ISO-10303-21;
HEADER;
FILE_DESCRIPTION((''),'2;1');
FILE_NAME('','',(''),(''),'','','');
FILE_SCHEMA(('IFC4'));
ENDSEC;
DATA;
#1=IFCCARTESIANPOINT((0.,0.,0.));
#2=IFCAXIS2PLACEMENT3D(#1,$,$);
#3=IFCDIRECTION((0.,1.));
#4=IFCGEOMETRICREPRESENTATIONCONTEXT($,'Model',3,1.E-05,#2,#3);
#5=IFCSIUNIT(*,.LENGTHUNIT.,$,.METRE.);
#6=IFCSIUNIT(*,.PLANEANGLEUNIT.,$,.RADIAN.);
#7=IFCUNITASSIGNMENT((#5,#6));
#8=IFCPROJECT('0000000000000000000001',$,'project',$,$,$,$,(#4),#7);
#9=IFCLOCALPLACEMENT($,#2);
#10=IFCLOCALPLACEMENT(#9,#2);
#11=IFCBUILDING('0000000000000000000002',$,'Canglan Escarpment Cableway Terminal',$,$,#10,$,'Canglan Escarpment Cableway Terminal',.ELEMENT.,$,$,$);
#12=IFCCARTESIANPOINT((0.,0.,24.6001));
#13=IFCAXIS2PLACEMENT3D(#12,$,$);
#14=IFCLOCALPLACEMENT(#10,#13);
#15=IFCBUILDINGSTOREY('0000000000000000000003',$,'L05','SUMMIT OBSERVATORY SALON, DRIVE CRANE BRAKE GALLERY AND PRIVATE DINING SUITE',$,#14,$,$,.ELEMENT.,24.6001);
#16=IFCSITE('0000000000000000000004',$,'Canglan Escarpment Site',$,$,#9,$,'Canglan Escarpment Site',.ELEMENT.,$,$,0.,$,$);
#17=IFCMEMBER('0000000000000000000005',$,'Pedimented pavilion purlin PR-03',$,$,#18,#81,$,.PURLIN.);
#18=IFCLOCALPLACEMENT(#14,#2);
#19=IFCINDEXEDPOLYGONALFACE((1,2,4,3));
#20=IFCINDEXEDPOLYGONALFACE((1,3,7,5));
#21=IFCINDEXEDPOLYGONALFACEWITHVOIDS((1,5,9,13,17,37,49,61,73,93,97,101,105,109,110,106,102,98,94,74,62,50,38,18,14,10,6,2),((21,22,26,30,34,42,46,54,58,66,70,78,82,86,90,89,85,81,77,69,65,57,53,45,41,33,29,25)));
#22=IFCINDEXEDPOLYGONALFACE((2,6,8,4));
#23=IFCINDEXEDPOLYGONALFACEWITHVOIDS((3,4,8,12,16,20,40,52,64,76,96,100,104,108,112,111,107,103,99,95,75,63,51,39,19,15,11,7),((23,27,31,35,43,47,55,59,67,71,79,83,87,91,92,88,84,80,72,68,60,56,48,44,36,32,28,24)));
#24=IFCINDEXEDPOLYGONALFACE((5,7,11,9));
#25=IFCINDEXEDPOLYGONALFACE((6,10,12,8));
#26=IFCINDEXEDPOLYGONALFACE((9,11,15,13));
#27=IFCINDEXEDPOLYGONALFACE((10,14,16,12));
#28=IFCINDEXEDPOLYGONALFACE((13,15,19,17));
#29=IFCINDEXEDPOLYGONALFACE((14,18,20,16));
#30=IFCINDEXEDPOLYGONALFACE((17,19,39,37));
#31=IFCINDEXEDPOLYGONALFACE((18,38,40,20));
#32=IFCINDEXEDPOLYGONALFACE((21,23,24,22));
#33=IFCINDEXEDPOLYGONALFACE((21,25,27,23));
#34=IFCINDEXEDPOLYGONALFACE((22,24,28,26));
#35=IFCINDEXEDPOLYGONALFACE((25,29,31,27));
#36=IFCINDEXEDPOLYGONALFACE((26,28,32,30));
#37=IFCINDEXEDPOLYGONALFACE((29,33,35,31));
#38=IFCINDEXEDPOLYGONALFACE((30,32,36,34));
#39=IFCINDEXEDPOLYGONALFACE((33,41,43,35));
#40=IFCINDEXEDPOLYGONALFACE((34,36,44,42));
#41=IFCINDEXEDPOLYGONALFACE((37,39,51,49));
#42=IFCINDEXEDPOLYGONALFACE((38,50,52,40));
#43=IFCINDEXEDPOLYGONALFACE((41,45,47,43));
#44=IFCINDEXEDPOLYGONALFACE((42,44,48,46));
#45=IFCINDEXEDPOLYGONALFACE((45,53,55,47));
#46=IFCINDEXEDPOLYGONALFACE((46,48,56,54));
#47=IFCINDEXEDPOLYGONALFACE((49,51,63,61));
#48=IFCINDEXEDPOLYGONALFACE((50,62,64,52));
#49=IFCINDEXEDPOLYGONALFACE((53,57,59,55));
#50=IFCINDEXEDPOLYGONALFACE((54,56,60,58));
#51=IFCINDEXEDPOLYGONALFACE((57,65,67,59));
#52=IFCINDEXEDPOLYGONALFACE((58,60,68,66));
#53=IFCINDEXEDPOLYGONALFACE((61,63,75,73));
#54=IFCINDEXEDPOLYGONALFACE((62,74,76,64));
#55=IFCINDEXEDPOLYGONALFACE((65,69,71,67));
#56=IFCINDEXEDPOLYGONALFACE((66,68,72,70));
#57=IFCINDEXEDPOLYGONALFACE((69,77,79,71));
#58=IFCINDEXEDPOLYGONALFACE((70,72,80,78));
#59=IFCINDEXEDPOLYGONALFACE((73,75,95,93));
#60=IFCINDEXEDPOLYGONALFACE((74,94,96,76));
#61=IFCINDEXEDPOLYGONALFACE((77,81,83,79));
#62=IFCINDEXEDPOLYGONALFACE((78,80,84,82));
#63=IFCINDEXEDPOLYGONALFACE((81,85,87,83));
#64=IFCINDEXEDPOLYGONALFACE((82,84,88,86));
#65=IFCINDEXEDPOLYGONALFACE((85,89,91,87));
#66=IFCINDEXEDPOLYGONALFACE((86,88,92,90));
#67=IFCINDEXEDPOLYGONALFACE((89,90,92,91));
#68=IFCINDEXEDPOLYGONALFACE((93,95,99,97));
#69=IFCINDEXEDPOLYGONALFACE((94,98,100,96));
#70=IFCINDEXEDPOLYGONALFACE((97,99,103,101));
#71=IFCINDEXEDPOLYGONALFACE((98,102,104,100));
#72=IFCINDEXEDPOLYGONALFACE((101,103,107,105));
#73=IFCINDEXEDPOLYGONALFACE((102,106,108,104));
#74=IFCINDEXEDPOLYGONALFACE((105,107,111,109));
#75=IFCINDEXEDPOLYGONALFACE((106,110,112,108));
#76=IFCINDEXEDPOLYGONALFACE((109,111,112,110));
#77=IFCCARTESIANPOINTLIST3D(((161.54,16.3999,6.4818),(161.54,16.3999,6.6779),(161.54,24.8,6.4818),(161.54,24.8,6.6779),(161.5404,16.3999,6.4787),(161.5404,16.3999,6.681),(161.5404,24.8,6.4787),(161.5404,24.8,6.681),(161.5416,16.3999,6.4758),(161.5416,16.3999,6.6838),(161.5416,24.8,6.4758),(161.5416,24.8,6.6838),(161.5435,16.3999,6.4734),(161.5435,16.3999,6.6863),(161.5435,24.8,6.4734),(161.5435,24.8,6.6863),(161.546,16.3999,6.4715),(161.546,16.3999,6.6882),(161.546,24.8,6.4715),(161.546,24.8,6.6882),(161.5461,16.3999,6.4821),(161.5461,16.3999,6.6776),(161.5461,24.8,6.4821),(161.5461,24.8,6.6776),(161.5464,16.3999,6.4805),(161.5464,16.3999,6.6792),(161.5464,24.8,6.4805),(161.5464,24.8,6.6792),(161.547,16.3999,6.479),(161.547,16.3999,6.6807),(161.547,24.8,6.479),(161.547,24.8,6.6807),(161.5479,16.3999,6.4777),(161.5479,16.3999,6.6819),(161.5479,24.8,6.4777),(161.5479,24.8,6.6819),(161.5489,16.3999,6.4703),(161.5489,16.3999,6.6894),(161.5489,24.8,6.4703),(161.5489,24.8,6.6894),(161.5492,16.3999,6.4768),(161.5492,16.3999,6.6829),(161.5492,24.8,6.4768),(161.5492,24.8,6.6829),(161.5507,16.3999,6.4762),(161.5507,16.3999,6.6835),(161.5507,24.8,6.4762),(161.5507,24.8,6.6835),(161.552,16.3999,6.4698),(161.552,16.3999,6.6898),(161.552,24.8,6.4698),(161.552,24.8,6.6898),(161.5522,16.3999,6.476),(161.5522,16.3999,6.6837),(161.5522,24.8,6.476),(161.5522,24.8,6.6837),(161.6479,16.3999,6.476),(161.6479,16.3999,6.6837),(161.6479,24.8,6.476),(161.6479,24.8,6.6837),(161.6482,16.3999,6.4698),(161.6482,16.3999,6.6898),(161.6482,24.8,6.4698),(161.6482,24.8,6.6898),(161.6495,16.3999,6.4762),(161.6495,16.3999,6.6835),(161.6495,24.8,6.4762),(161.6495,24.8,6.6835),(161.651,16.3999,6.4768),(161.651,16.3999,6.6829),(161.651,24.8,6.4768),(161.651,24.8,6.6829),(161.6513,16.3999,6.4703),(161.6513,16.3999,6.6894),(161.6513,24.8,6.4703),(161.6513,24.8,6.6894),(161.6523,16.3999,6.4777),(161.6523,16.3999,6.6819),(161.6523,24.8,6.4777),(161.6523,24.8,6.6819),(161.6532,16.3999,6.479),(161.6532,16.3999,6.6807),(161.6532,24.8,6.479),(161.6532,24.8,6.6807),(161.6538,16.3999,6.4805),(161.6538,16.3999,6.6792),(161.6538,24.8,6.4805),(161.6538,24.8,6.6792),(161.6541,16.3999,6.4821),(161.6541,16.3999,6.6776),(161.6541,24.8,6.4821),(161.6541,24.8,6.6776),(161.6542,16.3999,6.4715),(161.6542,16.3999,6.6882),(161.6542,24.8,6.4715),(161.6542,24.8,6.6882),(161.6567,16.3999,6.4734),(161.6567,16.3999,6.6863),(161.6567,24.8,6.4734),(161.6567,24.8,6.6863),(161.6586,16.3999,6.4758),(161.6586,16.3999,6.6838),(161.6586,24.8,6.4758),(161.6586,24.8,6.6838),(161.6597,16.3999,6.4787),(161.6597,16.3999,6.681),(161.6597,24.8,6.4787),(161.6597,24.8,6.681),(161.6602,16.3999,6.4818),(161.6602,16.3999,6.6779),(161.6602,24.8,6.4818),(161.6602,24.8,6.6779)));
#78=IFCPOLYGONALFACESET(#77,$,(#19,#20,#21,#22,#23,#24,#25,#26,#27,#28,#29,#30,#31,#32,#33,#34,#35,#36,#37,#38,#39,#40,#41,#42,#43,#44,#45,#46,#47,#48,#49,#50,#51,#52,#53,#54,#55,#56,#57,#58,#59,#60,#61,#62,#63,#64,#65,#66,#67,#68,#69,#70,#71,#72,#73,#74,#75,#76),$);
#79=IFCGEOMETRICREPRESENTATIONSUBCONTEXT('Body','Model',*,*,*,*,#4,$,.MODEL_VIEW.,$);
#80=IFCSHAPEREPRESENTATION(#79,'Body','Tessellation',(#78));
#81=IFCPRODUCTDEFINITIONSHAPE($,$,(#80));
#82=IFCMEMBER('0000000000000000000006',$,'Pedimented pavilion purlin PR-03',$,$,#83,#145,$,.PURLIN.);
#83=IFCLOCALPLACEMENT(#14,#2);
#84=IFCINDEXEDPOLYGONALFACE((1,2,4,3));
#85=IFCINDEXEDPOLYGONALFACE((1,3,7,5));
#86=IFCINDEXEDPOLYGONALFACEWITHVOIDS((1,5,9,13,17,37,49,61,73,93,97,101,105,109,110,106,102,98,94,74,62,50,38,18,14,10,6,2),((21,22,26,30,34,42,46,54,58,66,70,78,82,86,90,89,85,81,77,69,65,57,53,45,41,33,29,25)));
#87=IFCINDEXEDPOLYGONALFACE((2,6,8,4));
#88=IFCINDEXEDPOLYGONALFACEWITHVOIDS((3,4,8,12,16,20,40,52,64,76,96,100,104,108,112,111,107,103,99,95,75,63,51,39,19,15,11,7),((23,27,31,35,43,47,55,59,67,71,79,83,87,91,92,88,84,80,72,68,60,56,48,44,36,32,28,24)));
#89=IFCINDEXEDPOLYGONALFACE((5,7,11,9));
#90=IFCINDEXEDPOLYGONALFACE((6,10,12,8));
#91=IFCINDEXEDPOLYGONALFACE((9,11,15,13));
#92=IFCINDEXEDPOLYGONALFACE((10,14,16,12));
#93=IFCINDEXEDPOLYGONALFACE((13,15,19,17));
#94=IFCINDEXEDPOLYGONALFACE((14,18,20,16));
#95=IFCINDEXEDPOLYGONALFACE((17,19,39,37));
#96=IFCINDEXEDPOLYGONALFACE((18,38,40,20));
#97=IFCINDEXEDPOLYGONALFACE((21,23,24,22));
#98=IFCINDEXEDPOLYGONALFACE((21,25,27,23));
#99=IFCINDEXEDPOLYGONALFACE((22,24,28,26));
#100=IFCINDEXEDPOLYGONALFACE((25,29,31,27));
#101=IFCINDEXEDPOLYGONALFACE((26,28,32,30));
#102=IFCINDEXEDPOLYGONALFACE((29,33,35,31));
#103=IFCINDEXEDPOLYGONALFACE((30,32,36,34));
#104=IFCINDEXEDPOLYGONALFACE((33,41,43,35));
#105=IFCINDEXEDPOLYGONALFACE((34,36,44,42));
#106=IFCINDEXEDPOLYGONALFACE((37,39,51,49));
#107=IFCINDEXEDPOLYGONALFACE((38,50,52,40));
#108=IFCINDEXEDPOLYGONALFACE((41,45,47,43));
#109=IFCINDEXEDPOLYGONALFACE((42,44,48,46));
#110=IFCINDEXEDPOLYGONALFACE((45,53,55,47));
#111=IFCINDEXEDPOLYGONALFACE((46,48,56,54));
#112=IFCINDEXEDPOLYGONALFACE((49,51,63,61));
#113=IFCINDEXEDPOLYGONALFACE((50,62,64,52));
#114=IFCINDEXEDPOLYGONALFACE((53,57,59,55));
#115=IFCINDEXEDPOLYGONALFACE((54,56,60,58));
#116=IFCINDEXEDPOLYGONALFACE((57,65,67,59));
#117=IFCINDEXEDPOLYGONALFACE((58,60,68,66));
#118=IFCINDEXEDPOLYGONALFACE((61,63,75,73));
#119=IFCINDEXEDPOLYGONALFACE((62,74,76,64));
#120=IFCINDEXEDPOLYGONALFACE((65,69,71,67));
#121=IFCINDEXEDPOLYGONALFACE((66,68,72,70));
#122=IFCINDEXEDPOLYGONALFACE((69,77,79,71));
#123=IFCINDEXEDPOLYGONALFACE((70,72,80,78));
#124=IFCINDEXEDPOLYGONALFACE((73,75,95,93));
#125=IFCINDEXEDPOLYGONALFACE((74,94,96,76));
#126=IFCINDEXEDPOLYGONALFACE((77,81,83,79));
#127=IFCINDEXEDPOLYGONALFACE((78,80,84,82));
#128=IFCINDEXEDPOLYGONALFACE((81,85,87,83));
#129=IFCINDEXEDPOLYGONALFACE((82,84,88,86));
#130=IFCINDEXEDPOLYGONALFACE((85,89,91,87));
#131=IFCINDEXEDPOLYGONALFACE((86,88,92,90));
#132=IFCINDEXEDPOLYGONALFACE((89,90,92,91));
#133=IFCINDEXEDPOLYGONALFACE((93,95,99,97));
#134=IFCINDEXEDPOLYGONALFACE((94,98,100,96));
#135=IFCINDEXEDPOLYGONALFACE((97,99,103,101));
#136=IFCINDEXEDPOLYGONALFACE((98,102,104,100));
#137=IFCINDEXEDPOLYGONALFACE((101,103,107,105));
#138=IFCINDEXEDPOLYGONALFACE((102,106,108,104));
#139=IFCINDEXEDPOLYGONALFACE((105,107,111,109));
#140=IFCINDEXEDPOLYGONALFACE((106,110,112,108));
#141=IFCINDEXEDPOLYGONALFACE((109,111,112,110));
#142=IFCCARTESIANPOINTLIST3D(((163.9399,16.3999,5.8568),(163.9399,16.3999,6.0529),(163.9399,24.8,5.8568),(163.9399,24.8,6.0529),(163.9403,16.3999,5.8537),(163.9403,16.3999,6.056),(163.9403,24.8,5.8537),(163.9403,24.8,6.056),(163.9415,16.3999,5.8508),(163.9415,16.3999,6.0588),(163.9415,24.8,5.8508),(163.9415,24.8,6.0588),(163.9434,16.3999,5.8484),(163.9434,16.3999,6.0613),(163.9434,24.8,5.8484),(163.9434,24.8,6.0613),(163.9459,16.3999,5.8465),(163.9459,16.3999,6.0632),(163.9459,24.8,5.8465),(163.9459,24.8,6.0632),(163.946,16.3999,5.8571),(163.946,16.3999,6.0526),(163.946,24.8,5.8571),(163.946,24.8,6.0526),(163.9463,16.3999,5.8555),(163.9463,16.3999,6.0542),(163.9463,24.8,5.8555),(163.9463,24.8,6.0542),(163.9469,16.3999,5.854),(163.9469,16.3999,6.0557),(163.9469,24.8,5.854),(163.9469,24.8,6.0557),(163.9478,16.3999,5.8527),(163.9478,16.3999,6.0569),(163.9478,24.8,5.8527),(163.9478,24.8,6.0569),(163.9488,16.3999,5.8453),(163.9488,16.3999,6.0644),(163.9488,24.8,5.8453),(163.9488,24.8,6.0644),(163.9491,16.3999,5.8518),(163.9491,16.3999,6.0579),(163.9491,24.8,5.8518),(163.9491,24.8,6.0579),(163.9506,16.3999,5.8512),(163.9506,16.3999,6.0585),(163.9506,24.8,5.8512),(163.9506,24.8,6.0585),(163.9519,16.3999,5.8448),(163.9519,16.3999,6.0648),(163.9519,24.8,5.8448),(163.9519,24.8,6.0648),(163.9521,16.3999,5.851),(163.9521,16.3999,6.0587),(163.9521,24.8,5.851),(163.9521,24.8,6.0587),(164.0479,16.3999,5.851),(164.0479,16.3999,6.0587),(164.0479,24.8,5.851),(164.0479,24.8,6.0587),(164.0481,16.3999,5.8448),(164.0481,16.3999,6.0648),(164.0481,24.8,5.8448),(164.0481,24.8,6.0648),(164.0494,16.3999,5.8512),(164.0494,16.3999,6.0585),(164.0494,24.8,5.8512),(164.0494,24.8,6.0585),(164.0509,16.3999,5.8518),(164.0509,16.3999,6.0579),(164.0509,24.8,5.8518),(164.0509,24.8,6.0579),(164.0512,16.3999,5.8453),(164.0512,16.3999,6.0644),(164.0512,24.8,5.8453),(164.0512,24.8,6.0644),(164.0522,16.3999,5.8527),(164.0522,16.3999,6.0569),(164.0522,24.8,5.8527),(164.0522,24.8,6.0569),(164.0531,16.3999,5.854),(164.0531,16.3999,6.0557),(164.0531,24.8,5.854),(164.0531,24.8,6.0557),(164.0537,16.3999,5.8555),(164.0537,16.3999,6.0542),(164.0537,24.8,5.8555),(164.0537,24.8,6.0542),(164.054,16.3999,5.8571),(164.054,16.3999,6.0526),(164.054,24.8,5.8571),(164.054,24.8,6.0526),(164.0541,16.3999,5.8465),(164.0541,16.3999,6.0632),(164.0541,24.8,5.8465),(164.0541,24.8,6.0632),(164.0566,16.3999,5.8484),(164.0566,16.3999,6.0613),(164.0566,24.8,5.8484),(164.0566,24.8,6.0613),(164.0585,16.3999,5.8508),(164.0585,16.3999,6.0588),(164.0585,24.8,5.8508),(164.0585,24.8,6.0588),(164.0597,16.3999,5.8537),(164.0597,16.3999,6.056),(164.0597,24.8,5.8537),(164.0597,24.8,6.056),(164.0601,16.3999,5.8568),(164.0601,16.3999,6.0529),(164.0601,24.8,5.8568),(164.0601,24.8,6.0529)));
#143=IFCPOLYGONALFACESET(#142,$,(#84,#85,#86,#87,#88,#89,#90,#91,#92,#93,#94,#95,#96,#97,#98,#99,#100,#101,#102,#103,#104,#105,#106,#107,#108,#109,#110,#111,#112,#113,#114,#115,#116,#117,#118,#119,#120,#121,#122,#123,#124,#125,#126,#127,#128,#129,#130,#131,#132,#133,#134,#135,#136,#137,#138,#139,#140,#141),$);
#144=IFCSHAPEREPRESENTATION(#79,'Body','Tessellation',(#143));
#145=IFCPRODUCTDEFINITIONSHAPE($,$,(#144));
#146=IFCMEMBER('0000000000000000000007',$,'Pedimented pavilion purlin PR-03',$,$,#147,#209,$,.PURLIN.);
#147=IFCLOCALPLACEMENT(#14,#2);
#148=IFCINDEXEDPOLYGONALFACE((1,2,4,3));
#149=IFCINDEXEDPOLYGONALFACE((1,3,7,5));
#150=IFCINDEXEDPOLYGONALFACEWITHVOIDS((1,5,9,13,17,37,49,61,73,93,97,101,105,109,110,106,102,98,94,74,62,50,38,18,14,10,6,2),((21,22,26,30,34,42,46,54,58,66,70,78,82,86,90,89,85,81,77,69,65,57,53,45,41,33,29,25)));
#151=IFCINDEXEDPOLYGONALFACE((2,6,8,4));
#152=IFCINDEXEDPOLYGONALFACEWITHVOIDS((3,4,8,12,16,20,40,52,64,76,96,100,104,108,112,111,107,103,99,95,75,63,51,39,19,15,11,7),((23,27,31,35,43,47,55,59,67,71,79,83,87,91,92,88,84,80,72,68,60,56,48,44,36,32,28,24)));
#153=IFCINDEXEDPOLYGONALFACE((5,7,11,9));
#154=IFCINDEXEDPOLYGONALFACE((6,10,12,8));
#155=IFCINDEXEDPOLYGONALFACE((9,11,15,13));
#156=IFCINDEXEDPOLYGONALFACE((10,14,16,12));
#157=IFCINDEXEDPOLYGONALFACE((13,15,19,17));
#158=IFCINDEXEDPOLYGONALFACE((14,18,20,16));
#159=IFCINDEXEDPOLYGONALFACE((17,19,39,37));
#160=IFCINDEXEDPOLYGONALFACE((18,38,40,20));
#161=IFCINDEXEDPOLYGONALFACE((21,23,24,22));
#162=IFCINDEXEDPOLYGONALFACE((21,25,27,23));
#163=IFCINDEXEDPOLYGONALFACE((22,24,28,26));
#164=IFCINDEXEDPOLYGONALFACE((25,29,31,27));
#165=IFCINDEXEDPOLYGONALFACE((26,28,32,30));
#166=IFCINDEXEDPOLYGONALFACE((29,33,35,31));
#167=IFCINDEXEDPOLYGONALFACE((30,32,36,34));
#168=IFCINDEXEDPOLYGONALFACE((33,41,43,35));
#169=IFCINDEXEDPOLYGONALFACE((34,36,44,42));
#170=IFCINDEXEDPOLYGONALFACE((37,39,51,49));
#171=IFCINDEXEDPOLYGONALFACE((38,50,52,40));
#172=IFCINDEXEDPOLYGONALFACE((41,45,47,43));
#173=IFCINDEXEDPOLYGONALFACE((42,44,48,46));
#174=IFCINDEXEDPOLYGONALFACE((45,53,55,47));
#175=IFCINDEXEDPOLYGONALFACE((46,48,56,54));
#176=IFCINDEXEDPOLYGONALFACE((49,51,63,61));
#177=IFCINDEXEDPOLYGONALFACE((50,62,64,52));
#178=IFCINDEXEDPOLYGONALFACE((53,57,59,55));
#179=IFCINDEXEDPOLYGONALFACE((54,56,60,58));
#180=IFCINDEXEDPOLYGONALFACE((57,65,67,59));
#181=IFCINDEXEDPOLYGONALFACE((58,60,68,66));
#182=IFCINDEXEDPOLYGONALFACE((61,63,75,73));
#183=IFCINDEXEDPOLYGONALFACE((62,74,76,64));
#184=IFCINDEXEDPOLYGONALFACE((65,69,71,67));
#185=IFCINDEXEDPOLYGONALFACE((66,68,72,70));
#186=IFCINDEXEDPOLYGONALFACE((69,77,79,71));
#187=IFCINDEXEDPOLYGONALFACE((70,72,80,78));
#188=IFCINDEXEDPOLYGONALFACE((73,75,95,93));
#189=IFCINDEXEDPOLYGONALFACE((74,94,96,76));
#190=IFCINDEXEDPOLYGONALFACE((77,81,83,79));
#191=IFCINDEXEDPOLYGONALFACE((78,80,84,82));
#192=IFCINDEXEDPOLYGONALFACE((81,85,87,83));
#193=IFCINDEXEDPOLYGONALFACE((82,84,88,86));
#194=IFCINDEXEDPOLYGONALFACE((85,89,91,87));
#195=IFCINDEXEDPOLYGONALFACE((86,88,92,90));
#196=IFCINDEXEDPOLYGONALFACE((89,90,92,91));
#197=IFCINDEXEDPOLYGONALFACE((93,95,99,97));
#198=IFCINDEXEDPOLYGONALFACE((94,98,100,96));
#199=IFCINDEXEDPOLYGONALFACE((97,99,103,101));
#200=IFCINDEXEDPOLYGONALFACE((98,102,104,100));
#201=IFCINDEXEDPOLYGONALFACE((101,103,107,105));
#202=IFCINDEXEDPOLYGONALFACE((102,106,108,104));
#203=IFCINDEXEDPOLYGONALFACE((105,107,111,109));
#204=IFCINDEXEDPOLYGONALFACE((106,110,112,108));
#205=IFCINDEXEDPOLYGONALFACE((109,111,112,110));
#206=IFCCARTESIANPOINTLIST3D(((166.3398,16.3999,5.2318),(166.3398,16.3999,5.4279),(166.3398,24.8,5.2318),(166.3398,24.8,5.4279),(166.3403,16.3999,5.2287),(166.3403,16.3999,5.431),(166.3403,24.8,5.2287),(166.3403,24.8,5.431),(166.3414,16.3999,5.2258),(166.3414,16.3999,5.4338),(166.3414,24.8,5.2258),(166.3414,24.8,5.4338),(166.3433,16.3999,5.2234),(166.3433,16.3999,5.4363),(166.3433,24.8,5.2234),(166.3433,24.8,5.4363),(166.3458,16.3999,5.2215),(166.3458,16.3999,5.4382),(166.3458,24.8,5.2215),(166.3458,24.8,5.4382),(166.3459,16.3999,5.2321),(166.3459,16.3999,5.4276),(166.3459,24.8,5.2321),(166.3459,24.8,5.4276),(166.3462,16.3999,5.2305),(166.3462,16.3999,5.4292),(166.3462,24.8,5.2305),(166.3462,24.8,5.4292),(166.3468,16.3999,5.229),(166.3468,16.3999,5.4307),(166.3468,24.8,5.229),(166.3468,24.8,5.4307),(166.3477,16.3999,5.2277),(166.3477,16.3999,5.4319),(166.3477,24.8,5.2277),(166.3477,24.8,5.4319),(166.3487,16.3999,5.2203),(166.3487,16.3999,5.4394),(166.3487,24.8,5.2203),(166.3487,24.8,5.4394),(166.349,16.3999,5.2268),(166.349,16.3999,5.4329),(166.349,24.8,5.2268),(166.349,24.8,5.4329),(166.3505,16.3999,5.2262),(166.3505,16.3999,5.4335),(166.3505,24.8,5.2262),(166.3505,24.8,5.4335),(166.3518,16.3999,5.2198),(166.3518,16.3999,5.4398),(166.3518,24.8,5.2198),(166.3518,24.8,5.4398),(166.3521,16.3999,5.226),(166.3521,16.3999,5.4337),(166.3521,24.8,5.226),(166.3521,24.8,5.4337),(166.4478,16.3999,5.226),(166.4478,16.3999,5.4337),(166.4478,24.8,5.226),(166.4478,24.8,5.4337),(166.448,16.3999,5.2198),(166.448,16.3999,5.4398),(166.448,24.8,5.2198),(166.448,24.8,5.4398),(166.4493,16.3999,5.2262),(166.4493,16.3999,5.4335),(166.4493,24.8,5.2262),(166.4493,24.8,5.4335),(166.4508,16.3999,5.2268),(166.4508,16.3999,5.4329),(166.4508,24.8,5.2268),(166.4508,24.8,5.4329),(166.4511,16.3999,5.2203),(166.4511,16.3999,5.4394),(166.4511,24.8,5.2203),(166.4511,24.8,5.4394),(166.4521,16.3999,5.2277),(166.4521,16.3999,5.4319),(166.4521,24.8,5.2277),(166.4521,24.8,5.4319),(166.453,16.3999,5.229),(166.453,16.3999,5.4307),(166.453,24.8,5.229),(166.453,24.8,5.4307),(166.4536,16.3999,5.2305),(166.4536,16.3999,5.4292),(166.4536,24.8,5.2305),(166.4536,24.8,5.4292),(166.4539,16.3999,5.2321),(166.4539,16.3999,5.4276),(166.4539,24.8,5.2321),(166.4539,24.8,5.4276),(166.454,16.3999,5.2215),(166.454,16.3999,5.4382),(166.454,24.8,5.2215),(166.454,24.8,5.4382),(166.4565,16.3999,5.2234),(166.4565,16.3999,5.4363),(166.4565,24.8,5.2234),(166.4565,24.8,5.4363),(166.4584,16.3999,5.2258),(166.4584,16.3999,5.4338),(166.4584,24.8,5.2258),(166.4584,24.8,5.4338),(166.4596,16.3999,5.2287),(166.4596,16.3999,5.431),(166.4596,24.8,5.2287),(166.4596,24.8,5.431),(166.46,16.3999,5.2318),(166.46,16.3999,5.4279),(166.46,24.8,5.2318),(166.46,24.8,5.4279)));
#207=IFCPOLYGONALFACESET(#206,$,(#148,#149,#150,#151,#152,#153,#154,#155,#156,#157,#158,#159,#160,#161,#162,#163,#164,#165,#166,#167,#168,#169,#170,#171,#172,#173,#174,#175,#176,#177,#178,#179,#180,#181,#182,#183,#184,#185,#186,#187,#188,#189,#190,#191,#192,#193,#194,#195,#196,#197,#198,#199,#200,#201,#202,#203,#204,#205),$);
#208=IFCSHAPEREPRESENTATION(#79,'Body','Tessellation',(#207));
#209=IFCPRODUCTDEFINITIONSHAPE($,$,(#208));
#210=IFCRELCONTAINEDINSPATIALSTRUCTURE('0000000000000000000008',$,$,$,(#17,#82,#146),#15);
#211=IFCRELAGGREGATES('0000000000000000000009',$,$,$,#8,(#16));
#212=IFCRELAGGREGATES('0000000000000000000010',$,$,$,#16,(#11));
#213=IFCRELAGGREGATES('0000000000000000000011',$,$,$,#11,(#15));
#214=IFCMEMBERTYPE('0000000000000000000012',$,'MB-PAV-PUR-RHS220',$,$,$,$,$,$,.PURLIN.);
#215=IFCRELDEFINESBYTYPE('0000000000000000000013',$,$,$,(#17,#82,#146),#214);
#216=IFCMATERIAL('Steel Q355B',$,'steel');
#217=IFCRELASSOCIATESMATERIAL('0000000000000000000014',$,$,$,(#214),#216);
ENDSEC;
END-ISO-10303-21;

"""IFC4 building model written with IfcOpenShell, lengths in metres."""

from ifc_helpers import new_model, si_unit, direction, frame, origin, origin_2d, place, context, subcontext, project, spatial, hollow_rectangle, extrude, material, material_profile, profile_set, type_object, element, save


model = new_model("IFC4")

# Units and contexts
model_context = context("Model", 3, precision=1e-05, world=origin(), true_north=direction((0.0, 1.0)))
body_context = subcontext(model_context, "Body", "Model", "MODEL_VIEW")
ifc_project = project(units=[si_unit("LENGTHUNIT", "METRE"), si_unit("PLANEANGLEUNIT", "RADIAN")], contexts=[model_context])

# Site, building, storey
site_placement = place(None, origin())
site = spatial("IfcSite", under=ifc_project, at=site_placement, Name="Canglan Escarpment Site", LongName="Canglan Escarpment Site", CompositionType="ELEMENT", RefElevation=0.0)
building_placement = place(site_placement, origin())
building = spatial("IfcBuilding", under=site, at=building_placement, Name="Canglan Escarpment Cableway Terminal", LongName="Canglan Escarpment Cableway Terminal", CompositionType="ELEMENT")
storey_placement = place(building_placement, frame((0.0, 0.0, 24.6001)))
storey = spatial("IfcBuildingStorey", under=building, at=storey_placement, Name="L05", Description="SUMMIT OBSERVATORY SALON, DRIVE CRANE BRAKE GALLERY AND PRIVATE DINING SUITE", CompositionType="ELEMENT", Elevation=24.6001)

# Members
ifc_material_1 = material(Name="Steel Q355B", Category="steel")
ifc_material_profile_1 = material_profile(ifc_material_1, hollow_rectangle(XDim=0.1201, YDim=0.22, WallThickness=0.0061, InnerFilletRadius=0.0061, OuterFilletRadius=0.012, at=origin_2d()), Name="RHS 220x120x6")
ifc_profile_set_1 = profile_set([ifc_material_profile_1], Name="Steel Q355B")
member_type_1 = type_object("IfcMemberType", Name="MB-PAV-PUR-RHS220", PredefinedType="PURLIN", material=ifc_profile_set_1)
for number, where, z_axis, x_axis, name in (
    (1, (161.6001, 16.3999, 6.5798), (0.0, 1.0, 0.0), (-1.0, 0.0, 0.0), "Pedimented pavilion purlin PR-03"),
    (2, (164.0, 16.3999, 5.9548), (0.0, 1.0, 0.0), (-1.0, 0.0, 0.0), "Pedimented pavilion purlin PR-03"),
    (3, (166.3999, 16.3999, 5.3298), (0.0, 1.0, 0.0), (-1.0, 0.0, 0.0), "Pedimented pavilion purlin PR-03"),
):
    element("IfcMember", number, at=place(storey_placement, frame(where, z_axis=z_axis, x_axis=x_axis)), inside=storey, type_object=member_type_1, Name=name, PredefinedType="PURLIN", context=body_context, shape_type="SweptSolid", body=[
        extrude(hollow_rectangle(XDim=0.1201, YDim=0.22, WallThickness=0.0061, InnerFilletRadius=0.0061, OuterFilletRadius=0.012, at=origin_2d()), origin(), (0.0, 0.0, 1.0), 8.4001),
    ])

save(model, "model.ifc")
